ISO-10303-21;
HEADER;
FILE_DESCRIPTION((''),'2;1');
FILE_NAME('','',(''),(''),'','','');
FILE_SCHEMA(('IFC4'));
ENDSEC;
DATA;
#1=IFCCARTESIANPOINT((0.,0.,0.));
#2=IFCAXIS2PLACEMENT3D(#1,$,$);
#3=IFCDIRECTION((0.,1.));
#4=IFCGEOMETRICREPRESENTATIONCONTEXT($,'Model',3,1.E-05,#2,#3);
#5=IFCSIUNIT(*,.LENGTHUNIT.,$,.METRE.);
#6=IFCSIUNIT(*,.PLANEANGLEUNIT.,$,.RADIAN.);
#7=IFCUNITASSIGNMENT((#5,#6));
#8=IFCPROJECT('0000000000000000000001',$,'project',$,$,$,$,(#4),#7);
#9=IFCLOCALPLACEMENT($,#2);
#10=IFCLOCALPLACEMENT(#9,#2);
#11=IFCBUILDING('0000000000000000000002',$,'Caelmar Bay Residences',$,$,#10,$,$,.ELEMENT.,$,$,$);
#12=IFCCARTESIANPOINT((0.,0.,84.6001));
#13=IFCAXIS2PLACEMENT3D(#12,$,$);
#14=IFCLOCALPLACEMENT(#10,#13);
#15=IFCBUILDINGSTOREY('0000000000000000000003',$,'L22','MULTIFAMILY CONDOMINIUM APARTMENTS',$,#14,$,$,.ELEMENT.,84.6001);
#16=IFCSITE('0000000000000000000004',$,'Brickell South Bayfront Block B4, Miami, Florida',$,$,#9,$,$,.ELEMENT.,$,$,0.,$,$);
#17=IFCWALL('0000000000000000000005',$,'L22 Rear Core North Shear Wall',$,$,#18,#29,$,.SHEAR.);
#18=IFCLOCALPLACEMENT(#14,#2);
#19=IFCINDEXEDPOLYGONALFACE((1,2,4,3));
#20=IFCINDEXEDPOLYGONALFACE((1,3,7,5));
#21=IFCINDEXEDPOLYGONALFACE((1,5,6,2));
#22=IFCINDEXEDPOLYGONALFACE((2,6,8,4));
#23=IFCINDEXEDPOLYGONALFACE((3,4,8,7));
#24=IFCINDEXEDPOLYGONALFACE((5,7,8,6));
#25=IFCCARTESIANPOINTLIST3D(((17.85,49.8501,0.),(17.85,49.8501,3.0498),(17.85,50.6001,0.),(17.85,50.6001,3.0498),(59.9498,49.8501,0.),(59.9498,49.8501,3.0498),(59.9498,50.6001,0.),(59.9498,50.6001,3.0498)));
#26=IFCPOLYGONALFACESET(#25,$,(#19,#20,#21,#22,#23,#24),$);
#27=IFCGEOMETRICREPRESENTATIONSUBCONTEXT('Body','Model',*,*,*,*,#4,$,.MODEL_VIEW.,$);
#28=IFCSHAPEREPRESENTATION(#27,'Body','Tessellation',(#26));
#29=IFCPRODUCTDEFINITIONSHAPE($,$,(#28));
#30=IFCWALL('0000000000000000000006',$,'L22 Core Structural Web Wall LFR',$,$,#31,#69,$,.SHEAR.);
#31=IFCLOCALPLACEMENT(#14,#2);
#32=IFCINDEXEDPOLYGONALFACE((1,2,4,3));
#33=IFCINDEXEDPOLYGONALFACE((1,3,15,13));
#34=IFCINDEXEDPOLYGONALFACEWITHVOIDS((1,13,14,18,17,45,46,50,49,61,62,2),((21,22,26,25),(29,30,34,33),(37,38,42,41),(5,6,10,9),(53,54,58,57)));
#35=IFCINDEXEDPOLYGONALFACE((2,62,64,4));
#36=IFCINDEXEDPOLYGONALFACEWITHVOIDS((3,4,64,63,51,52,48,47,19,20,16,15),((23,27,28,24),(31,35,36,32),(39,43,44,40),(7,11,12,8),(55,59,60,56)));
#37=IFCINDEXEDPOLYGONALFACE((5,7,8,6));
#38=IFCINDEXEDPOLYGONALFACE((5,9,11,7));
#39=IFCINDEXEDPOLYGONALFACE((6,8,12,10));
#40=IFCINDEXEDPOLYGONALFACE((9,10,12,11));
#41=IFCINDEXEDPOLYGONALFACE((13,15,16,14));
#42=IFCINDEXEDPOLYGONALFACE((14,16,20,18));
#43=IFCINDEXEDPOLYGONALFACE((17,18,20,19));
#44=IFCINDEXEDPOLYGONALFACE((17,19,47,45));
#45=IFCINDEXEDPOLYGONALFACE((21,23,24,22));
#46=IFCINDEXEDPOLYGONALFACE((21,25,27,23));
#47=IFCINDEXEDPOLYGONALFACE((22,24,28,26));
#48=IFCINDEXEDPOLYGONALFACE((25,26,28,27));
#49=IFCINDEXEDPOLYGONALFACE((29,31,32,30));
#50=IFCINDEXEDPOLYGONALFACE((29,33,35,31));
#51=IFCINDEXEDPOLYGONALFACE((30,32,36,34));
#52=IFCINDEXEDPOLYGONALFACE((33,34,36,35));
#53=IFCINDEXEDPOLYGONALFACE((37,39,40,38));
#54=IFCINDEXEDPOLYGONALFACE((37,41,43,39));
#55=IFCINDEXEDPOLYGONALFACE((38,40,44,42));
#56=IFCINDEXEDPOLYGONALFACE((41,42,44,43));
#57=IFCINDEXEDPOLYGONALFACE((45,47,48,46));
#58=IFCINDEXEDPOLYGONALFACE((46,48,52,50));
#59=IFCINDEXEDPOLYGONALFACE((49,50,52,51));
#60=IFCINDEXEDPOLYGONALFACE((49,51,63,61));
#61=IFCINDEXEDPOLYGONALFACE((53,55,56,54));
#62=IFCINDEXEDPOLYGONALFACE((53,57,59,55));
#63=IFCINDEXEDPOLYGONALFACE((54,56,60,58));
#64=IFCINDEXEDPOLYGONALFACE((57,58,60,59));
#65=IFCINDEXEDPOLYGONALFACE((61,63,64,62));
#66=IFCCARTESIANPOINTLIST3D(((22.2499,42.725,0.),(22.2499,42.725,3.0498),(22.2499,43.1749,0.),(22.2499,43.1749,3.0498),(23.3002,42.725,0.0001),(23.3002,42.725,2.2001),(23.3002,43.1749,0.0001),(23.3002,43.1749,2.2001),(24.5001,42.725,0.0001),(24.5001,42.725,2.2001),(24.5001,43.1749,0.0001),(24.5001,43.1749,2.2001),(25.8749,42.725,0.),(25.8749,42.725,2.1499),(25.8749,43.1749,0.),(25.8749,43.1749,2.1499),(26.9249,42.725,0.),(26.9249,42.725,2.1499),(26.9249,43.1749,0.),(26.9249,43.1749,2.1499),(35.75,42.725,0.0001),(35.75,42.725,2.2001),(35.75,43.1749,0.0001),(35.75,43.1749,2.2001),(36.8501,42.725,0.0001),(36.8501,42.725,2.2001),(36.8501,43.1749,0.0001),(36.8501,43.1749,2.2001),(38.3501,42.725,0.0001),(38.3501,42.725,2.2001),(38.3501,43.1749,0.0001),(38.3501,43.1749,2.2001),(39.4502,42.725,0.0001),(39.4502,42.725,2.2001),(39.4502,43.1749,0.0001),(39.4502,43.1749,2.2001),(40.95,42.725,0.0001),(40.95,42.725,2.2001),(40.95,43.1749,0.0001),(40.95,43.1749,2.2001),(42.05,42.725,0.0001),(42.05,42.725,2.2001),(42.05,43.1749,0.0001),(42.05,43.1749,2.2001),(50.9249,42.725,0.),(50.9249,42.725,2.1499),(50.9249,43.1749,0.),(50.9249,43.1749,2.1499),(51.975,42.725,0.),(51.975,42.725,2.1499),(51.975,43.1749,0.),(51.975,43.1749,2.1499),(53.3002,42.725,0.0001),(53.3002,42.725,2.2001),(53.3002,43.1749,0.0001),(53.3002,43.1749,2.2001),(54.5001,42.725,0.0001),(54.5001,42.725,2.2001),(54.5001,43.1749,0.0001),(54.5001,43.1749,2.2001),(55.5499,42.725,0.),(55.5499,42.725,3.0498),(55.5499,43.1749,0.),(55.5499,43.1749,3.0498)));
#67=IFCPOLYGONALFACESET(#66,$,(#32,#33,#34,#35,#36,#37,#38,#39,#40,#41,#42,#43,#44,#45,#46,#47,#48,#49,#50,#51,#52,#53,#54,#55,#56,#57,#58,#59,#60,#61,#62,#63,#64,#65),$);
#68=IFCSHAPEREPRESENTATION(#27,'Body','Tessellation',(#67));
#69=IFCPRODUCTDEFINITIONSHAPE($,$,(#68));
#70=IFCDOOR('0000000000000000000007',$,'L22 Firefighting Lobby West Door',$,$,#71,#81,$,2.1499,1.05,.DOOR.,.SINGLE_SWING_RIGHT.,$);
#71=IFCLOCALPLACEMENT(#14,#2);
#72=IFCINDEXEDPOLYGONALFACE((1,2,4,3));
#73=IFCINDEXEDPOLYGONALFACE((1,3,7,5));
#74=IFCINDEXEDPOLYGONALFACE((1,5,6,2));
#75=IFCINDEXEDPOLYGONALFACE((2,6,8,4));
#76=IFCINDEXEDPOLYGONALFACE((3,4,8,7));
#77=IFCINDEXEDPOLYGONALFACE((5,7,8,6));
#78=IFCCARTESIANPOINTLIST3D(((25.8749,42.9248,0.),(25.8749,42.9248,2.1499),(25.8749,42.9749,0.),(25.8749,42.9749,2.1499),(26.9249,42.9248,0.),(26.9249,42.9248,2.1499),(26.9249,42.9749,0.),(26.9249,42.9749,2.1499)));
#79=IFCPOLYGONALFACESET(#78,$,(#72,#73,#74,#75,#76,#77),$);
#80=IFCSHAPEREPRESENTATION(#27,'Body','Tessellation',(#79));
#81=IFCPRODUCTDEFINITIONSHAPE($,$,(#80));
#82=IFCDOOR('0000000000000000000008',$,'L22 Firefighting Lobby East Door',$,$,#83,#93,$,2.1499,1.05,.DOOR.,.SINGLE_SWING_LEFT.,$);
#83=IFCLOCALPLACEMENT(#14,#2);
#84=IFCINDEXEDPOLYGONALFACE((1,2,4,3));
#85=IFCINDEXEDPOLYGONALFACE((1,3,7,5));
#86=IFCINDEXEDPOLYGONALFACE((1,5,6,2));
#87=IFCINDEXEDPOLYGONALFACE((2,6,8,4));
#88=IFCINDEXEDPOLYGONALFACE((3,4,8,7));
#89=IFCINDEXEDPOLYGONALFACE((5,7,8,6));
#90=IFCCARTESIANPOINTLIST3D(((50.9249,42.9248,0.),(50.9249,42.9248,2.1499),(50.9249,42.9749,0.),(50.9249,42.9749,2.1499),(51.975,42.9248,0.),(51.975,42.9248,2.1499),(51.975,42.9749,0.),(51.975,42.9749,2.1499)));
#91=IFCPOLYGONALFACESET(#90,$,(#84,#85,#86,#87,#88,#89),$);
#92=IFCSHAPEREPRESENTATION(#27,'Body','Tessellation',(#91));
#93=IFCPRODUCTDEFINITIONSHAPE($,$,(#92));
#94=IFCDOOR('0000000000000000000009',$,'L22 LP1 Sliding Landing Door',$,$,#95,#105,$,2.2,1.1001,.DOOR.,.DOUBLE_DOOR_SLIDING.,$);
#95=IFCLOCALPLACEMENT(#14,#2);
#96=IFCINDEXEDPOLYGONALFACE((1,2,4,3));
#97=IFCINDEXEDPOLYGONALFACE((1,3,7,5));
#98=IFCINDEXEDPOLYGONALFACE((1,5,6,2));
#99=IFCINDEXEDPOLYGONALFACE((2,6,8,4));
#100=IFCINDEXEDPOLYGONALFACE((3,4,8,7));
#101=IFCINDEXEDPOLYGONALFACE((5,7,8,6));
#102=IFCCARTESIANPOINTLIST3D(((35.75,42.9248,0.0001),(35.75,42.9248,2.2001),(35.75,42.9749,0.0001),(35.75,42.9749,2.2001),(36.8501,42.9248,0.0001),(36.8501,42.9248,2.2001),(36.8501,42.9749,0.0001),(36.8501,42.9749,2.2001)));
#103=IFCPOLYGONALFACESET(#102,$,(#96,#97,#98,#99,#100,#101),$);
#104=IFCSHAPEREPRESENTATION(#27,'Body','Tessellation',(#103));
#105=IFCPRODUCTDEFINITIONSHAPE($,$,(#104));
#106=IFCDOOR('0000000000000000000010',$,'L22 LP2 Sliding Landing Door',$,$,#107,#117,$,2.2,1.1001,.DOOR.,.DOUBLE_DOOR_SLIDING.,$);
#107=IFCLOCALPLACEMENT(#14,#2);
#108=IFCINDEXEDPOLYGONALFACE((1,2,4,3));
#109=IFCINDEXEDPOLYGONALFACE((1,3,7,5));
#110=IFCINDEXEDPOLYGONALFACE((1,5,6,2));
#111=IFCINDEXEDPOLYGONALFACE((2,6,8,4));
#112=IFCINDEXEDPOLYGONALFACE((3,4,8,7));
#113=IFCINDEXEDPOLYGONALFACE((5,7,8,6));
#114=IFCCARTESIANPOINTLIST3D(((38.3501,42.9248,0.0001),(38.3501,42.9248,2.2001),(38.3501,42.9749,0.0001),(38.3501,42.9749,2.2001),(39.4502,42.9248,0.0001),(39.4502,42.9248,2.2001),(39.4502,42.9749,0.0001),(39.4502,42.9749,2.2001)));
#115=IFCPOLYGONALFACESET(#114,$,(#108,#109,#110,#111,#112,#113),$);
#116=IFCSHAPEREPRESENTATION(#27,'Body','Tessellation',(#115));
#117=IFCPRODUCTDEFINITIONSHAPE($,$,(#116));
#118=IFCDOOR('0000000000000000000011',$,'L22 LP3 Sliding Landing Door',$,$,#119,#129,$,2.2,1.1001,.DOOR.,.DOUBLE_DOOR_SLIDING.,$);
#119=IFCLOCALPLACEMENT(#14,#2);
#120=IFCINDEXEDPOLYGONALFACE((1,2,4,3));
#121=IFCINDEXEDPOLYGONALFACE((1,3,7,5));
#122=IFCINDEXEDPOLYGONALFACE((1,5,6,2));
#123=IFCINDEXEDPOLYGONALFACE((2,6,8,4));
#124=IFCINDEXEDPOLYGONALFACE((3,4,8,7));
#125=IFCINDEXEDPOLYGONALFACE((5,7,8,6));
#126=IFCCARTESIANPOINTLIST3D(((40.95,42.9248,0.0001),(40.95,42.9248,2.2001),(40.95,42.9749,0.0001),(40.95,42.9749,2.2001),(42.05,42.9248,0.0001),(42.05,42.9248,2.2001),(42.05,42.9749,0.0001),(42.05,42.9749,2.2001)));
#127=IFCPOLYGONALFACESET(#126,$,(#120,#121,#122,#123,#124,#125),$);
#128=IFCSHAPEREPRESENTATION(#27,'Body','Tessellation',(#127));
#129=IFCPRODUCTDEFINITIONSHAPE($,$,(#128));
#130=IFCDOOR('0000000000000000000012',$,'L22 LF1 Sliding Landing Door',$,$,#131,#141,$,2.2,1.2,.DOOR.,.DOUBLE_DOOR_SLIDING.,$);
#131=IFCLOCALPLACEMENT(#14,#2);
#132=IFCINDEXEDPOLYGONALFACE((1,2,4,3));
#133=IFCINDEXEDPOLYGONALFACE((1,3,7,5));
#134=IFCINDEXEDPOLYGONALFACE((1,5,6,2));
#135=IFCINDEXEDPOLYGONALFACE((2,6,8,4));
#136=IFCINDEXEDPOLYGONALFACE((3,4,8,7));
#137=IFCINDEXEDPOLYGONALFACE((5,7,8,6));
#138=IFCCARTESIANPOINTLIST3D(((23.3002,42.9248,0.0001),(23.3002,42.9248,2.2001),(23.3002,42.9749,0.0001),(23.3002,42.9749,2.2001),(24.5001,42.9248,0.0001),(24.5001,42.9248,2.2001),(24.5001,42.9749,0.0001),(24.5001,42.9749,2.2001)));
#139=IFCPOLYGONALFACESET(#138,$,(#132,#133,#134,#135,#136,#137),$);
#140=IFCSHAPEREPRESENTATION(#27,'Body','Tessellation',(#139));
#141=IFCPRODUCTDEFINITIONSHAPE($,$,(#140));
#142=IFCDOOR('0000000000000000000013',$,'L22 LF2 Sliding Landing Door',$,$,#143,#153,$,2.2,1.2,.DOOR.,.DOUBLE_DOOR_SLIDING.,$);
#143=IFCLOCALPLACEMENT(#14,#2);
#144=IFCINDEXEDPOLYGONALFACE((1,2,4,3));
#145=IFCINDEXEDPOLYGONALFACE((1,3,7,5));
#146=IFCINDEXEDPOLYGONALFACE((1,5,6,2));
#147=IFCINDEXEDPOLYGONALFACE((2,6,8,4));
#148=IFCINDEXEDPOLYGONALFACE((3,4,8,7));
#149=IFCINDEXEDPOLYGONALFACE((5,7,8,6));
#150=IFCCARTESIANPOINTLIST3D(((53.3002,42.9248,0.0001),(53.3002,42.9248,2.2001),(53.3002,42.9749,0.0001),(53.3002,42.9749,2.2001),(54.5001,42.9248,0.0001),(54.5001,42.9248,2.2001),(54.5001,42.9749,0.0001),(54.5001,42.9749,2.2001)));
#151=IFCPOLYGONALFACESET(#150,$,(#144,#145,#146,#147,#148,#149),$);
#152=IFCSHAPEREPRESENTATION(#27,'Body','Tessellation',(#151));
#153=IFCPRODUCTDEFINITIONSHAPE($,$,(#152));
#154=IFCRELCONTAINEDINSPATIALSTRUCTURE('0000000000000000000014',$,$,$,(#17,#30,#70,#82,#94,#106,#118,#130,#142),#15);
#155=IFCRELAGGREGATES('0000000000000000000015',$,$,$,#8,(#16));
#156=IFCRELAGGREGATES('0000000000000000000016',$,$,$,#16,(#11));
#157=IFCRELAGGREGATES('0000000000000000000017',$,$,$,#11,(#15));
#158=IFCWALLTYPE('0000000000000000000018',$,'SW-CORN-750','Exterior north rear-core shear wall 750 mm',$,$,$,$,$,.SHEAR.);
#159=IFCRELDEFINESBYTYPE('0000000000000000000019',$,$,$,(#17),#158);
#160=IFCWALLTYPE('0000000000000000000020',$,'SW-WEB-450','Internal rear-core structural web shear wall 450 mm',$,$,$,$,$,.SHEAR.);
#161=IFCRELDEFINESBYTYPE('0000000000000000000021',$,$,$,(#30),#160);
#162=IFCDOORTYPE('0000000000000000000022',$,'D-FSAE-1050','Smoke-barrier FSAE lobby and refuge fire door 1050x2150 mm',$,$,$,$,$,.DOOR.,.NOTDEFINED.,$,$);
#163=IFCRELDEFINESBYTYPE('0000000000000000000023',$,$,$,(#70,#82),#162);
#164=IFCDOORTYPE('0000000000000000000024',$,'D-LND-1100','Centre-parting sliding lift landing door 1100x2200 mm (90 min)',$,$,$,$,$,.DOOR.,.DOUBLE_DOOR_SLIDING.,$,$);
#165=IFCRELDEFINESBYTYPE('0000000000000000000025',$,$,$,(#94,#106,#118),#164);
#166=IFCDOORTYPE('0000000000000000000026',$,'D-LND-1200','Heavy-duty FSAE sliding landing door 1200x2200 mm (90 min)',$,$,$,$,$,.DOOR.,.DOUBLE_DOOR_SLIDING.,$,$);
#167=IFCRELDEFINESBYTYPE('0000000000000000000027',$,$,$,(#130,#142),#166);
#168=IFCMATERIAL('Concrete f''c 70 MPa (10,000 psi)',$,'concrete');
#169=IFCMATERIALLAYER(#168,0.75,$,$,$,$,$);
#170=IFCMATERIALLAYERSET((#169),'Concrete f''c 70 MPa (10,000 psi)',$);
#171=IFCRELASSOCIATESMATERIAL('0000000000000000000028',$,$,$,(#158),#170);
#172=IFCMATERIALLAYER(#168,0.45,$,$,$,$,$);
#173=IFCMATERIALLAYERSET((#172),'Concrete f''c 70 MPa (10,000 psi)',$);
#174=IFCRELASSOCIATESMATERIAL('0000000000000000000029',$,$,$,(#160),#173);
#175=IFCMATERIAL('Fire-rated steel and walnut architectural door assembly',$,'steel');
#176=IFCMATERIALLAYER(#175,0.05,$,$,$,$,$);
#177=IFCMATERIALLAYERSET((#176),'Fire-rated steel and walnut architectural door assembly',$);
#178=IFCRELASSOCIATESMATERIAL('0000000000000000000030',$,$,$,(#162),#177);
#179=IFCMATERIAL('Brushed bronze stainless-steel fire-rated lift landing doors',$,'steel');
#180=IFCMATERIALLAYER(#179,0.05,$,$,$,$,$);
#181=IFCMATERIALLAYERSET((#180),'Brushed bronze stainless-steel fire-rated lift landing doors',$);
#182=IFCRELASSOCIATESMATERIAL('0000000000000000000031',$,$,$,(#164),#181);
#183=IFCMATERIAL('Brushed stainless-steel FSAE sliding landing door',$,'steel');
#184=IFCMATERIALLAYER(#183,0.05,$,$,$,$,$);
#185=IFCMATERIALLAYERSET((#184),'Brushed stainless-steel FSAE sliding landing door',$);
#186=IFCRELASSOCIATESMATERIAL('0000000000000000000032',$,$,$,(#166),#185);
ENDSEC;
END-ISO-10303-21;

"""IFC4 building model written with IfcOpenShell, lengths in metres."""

from ifc_helpers import new_model, si_unit, direction, frame, frame_2d, origin, place, context, subcontext, project, spatial, rectangle, extrude, material, layer, layer_set, type_object, element, fill, save


model = new_model("IFC4")

# Units and contexts
model_context = context("Model", 3, precision=1e-05, world=origin(), true_north=direction((0.0, 1.0)))
body_context = subcontext(model_context, "Body", "Model", "MODEL_VIEW")
ifc_project = project(units=[si_unit("LENGTHUNIT", "METRE"), si_unit("PLANEANGLEUNIT", "RADIAN")], contexts=[model_context])

# Site, building, storey
site_placement = place(None, origin())
site = spatial("IfcSite", under=ifc_project, at=site_placement, Name="Brickell South Bayfront Block B4, Miami, Florida", CompositionType="ELEMENT", RefElevation=0.0)
building_placement = place(site_placement, origin())
building = spatial("IfcBuilding", under=site, at=building_placement, Name="Caelmar Bay Residences", CompositionType="ELEMENT")
storey_placement = place(building_placement, frame((0.0, 0.0, 84.6001)))
storey = spatial("IfcBuildingStorey", under=building, at=storey_placement, Name="L22", Description="MULTIFAMILY CONDOMINIUM APARTMENTS", CompositionType="ELEMENT", Elevation=84.6001)

# Shared definitions
ifc_material_1 = material(Name="Fire-rated steel and walnut architectural door assembly", Category="steel")

# Wall
ifc_material_2 = material(Name="Concrete f'c 70 MPa (10,000 psi)", Category="concrete")
ifc_layer_1 = layer(ifc_material_2, 0.75)
ifc_layer_set_1 = layer_set([ifc_layer_1], Name="Concrete f'c 70 MPa (10,000 psi)")
wall_type_1 = type_object("IfcWallType", Name="SW-CORN-750", Description="Exterior north rear-core shear wall 750 mm", PredefinedType="SHEAR", material=ifc_layer_set_1)
wall_1_placement = place(storey_placement, frame((17.8501, 50.2251, 0.0), z_axis=(0.0, 0.0, 1.0), x_axis=(1.0, 0.0, 0.0)))
element("IfcWall", 1, at=wall_1_placement, inside=storey, type_object=wall_type_1, Name="L22 Rear Core North Shear Wall", PredefinedType="SHEAR", context=body_context, shape_type="SweptSolid", body=[
    extrude(rectangle(XDim=42.0999, YDim=0.75, at=frame_2d((21.0498, 0.0))), origin(), (0.0, 0.0, 1.0), 3.0498),
])

# Wall, openings, doors
ifc_layer_2 = layer(ifc_material_2, 0.45)
ifc_layer_set_2 = layer_set([ifc_layer_2], Name="Concrete f'c 70 MPa (10,000 psi)")
wall_type_2 = type_object("IfcWallType", Name="SW-WEB-450", Description="Internal rear-core structural web shear wall 450 mm", PredefinedType="SHEAR", material=ifc_layer_set_2)
wall_2_placement = place(storey_placement, frame((22.25, 42.95, 0.0), z_axis=(0.0, 0.0, 1.0), x_axis=(1.0, 0.0, 0.0)))
wall_2 = element("IfcWall", 2, at=wall_2_placement, inside=storey, type_object=wall_type_2, Name="L22 Core Structural Web Wall LFR", PredefinedType="SHEAR", context=body_context, shape_type="SweptSolid", body=[
    extrude(rectangle(XDim=33.3, YDim=0.45, at=frame_2d((16.6499, 0.0))), origin(), (0.0, 0.0, 1.0), 3.0498),
])
opening_1_placement = place(wall_2_placement, frame((1.05, 0.0, 0.0)))
opening_1 = element("IfcOpeningElement", 3, at=opening_1_placement, cuts=wall_2, PredefinedType="OPENING", context=body_context, shape_type="SweptSolid", body=[
    extrude(rectangle(XDim=1.2, YDim=2.2, at=frame_2d((0.6001, 1.1001))), frame((0.0, 0.2349, 0.0), z_axis=(0.0, -1.0, 0.0), x_axis=(1.0, 0.0, 0.0)), (0.0, 0.0, 1.0), 0.47),
])
opening_2_placement = place(wall_2_placement, frame((31.05, 0.0, 0.0)))
opening_2 = element("IfcOpeningElement", 4, at=opening_2_placement, cuts=wall_2, PredefinedType="OPENING", context=body_context, shape_type="SweptSolid", body=[
    extrude(rectangle(XDim=1.2, YDim=2.2, at=frame_2d((0.6001, 1.1001))), frame((0.0, 0.2349, 0.0), z_axis=(0.0, -1.0, 0.0), x_axis=(1.0, 0.0, 0.0)), (0.0, 0.0, 1.0), 0.47),
])
opening_3_placement = place(wall_2_placement, frame((13.5, 0.0, 0.0)))
opening_3 = element("IfcOpeningElement", 5, at=opening_3_placement, cuts=wall_2, PredefinedType="OPENING", context=body_context, shape_type="SweptSolid", body=[
    extrude(rectangle(XDim=1.1001, YDim=2.2, at=frame_2d((0.55, 1.1001))), frame((0.0, 0.2349, 0.0), z_axis=(0.0, -1.0, 0.0), x_axis=(1.0, 0.0, 0.0)), (0.0, 0.0, 1.0), 0.47),
])
opening_4_placement = place(wall_2_placement, frame((16.1001, 0.0, 0.0)))
opening_4 = element("IfcOpeningElement", 6, at=opening_4_placement, cuts=wall_2, PredefinedType="OPENING", context=body_context, shape_type="SweptSolid", body=[
    extrude(rectangle(XDim=1.1001, YDim=2.2, at=frame_2d((0.55, 1.1001))), frame((0.0, 0.2349, 0.0), z_axis=(0.0, -1.0, 0.0), x_axis=(1.0, 0.0, 0.0)), (0.0, 0.0, 1.0), 0.47),
])
opening_5_placement = place(wall_2_placement, frame((18.7, 0.0, 0.0)))
opening_5 = element("IfcOpeningElement", 7, at=opening_5_placement, cuts=wall_2, PredefinedType="OPENING", context=body_context, shape_type="SweptSolid", body=[
    extrude(rectangle(XDim=1.1001, YDim=2.2, at=frame_2d((0.55, 1.1001))), frame((0.0, 0.2349, 0.0), z_axis=(0.0, -1.0, 0.0), x_axis=(1.0, 0.0, 0.0)), (0.0, 0.0, 1.0), 0.47),
])
opening_6_placement = place(wall_2_placement, frame((3.625, 0.0, 0.0)))
opening_6 = element("IfcOpeningElement", 8, at=opening_6_placement, cuts=wall_2, PredefinedType="OPENING", context=body_context, shape_type="SweptSolid", body=[
    extrude(rectangle(XDim=1.05, YDim=2.1499, at=frame_2d((0.5249, 1.075))), frame((0.0, 0.2349, 0.0), z_axis=(0.0, -1.0, 0.0), x_axis=(1.0, 0.0, 0.0)), (0.0, 0.0, 1.0), 0.47),
])
opening_7_placement = place(wall_2_placement, frame((28.675, 0.0, 0.0)))
opening_7 = element("IfcOpeningElement", 9, at=opening_7_placement, cuts=wall_2, PredefinedType="OPENING", context=body_context, shape_type="SweptSolid", body=[
    extrude(rectangle(XDim=1.05, YDim=2.1499, at=frame_2d((0.5249, 1.075))), frame((0.0, 0.2349, 0.0), z_axis=(0.0, -1.0, 0.0), x_axis=(1.0, 0.0, 0.0)), (0.0, 0.0, 1.0), 0.47),
])
ifc_layer_3 = layer(ifc_material_1, 0.05)
ifc_layer_set_3 = layer_set([ifc_layer_3], Name="Fire-rated steel and walnut architectural door assembly")
door_type_1 = type_object("IfcDoorType", Name="D-FSAE-1050", Description="Smoke-barrier FSAE lobby and refuge fire door 1050x2150 mm", OperationType="NOTDEFINED", PredefinedType="DOOR", material=ifc_layer_set_3)
door_1_placement = place(opening_6_placement, origin())
door_1 = element("IfcDoor", 10, at=door_1_placement, inside=storey, type_object=door_type_1, Name="L22 Firefighting Lobby West Door", OperationType="SINGLE_SWING_RIGHT", OverallHeight=2.1499, OverallWidth=1.05, PredefinedType="DOOR", context=body_context, shape_type="SweptSolid", body=[
    extrude(rectangle(XDim=1.05, YDim=2.1499, at=frame_2d((0.5249, 1.075))), frame((0.0, 0.0249, 0.0), z_axis=(0.0, -1.0, 0.0), x_axis=(1.0, 0.0, 0.0)), (0.0, 0.0, 1.0), 0.05),
])
fill(opening_6, door_1)
door_2_placement = place(opening_7_placement, origin())
door_2 = element("IfcDoor", 11, at=door_2_placement, inside=storey, type_object=door_type_1, Name="L22 Firefighting Lobby East Door", OperationType="SINGLE_SWING_LEFT", OverallHeight=2.1499, OverallWidth=1.05, PredefinedType="DOOR", context=body_context, shape_type="SweptSolid", body=[
    extrude(rectangle(XDim=1.05, YDim=2.1499, at=frame_2d((0.5249, 1.075))), frame((0.0, 0.0249, 0.0), z_axis=(0.0, -1.0, 0.0), x_axis=(1.0, 0.0, 0.0)), (0.0, 0.0, 1.0), 0.05),
])
fill(opening_7, door_2)
ifc_material_3 = material(Name="Brushed bronze stainless-steel fire-rated lift landing doors", Category="steel")
ifc_layer_4 = layer(ifc_material_3, 0.05)
ifc_layer_set_4 = layer_set([ifc_layer_4], Name="Brushed bronze stainless-steel fire-rated lift landing doors")
door_type_2 = type_object("IfcDoorType", Name="D-LND-1100", Description="Centre-parting sliding lift landing door 1100x2200 mm (90 min)", OperationType="DOUBLE_DOOR_SLIDING", PredefinedType="DOOR", material=ifc_layer_set_4)
door_3_placement = place(opening_3_placement, origin())
door_3 = element("IfcDoor", 12, at=door_3_placement, inside=storey, type_object=door_type_2, Name="L22 LP1 Sliding Landing Door", OperationType="DOUBLE_DOOR_SLIDING", OverallHeight=2.2, OverallWidth=1.1001, PredefinedType="DOOR", context=body_context, shape_type="SweptSolid", body=[
    extrude(rectangle(XDim=1.1001, YDim=2.2, at=frame_2d((0.55, 1.1001))), frame((0.0, 0.0249, 0.0), z_axis=(0.0, -1.0, 0.0), x_axis=(1.0, 0.0, 0.0)), (0.0, 0.0, 1.0), 0.05),
])
fill(opening_3, door_3)
door_4_placement = place(opening_4_placement, origin())
door_4 = element("IfcDoor", 13, at=door_4_placement, inside=storey, type_object=door_type_2, Name="L22 LP2 Sliding Landing Door", OperationType="DOUBLE_DOOR_SLIDING", OverallHeight=2.2, OverallWidth=1.1001, PredefinedType="DOOR", context=body_context, shape_type="SweptSolid", body=[
    extrude(rectangle(XDim=1.1001, YDim=2.2, at=frame_2d((0.55, 1.1001))), frame((0.0, 0.0249, 0.0), z_axis=(0.0, -1.0, 0.0), x_axis=(1.0, 0.0, 0.0)), (0.0, 0.0, 1.0), 0.05),
])
fill(opening_4, door_4)
door_5_placement = place(opening_5_placement, origin())
door_5 = element("IfcDoor", 14, at=door_5_placement, inside=storey, type_object=door_type_2, Name="L22 LP3 Sliding Landing Door", OperationType="DOUBLE_DOOR_SLIDING", OverallHeight=2.2, OverallWidth=1.1001, PredefinedType="DOOR", context=body_context, shape_type="SweptSolid", body=[
    extrude(rectangle(XDim=1.1001, YDim=2.2, at=frame_2d((0.55, 1.1001))), frame((0.0, 0.0249, 0.0), z_axis=(0.0, -1.0, 0.0), x_axis=(1.0, 0.0, 0.0)), (0.0, 0.0, 1.0), 0.05),
])
fill(opening_5, door_5)
ifc_material_4 = material(Name="Brushed stainless-steel FSAE sliding landing door", Category="steel")
ifc_layer_5 = layer(ifc_material_4, 0.05)
ifc_layer_set_5 = layer_set([ifc_layer_5], Name="Brushed stainless-steel FSAE sliding landing door")
door_type_3 = type_object("IfcDoorType", Name="D-LND-1200", Description="Heavy-duty FSAE sliding landing door 1200x2200 mm (90 min)", OperationType="DOUBLE_DOOR_SLIDING", PredefinedType="DOOR", material=ifc_layer_set_5)
door_6_placement = place(opening_1_placement, origin())
door_6 = element("IfcDoor", 15, at=door_6_placement, inside=storey, type_object=door_type_3, Name="L22 LF1 Sliding Landing Door", OperationType="DOUBLE_DOOR_SLIDING", OverallHeight=2.2, OverallWidth=1.2, PredefinedType="DOOR", context=body_context, shape_type="SweptSolid", body=[
    extrude(rectangle(XDim=1.2, YDim=2.2, at=frame_2d((0.6001, 1.1001))), frame((0.0, 0.0249, 0.0), z_axis=(0.0, -1.0, 0.0), x_axis=(1.0, 0.0, 0.0)), (0.0, 0.0, 1.0), 0.05),
])
fill(opening_1, door_6)
door_7_placement = place(opening_2_placement, origin())
door_7 = element("IfcDoor", 16, at=door_7_placement, inside=storey, type_object=door_type_3, Name="L22 LF2 Sliding Landing Door", OperationType="DOUBLE_DOOR_SLIDING", OverallHeight=2.2, OverallWidth=1.2, PredefinedType="DOOR", context=body_context, shape_type="SweptSolid", body=[
    extrude(rectangle(XDim=1.2, YDim=2.2, at=frame_2d((0.6001, 1.1001))), frame((0.0, 0.0249, 0.0), z_axis=(0.0, -1.0, 0.0), x_axis=(1.0, 0.0, 0.0)), (0.0, 0.0, 1.0), 0.05),
])
fill(opening_2, door_7)

save(model, "model.ifc")
